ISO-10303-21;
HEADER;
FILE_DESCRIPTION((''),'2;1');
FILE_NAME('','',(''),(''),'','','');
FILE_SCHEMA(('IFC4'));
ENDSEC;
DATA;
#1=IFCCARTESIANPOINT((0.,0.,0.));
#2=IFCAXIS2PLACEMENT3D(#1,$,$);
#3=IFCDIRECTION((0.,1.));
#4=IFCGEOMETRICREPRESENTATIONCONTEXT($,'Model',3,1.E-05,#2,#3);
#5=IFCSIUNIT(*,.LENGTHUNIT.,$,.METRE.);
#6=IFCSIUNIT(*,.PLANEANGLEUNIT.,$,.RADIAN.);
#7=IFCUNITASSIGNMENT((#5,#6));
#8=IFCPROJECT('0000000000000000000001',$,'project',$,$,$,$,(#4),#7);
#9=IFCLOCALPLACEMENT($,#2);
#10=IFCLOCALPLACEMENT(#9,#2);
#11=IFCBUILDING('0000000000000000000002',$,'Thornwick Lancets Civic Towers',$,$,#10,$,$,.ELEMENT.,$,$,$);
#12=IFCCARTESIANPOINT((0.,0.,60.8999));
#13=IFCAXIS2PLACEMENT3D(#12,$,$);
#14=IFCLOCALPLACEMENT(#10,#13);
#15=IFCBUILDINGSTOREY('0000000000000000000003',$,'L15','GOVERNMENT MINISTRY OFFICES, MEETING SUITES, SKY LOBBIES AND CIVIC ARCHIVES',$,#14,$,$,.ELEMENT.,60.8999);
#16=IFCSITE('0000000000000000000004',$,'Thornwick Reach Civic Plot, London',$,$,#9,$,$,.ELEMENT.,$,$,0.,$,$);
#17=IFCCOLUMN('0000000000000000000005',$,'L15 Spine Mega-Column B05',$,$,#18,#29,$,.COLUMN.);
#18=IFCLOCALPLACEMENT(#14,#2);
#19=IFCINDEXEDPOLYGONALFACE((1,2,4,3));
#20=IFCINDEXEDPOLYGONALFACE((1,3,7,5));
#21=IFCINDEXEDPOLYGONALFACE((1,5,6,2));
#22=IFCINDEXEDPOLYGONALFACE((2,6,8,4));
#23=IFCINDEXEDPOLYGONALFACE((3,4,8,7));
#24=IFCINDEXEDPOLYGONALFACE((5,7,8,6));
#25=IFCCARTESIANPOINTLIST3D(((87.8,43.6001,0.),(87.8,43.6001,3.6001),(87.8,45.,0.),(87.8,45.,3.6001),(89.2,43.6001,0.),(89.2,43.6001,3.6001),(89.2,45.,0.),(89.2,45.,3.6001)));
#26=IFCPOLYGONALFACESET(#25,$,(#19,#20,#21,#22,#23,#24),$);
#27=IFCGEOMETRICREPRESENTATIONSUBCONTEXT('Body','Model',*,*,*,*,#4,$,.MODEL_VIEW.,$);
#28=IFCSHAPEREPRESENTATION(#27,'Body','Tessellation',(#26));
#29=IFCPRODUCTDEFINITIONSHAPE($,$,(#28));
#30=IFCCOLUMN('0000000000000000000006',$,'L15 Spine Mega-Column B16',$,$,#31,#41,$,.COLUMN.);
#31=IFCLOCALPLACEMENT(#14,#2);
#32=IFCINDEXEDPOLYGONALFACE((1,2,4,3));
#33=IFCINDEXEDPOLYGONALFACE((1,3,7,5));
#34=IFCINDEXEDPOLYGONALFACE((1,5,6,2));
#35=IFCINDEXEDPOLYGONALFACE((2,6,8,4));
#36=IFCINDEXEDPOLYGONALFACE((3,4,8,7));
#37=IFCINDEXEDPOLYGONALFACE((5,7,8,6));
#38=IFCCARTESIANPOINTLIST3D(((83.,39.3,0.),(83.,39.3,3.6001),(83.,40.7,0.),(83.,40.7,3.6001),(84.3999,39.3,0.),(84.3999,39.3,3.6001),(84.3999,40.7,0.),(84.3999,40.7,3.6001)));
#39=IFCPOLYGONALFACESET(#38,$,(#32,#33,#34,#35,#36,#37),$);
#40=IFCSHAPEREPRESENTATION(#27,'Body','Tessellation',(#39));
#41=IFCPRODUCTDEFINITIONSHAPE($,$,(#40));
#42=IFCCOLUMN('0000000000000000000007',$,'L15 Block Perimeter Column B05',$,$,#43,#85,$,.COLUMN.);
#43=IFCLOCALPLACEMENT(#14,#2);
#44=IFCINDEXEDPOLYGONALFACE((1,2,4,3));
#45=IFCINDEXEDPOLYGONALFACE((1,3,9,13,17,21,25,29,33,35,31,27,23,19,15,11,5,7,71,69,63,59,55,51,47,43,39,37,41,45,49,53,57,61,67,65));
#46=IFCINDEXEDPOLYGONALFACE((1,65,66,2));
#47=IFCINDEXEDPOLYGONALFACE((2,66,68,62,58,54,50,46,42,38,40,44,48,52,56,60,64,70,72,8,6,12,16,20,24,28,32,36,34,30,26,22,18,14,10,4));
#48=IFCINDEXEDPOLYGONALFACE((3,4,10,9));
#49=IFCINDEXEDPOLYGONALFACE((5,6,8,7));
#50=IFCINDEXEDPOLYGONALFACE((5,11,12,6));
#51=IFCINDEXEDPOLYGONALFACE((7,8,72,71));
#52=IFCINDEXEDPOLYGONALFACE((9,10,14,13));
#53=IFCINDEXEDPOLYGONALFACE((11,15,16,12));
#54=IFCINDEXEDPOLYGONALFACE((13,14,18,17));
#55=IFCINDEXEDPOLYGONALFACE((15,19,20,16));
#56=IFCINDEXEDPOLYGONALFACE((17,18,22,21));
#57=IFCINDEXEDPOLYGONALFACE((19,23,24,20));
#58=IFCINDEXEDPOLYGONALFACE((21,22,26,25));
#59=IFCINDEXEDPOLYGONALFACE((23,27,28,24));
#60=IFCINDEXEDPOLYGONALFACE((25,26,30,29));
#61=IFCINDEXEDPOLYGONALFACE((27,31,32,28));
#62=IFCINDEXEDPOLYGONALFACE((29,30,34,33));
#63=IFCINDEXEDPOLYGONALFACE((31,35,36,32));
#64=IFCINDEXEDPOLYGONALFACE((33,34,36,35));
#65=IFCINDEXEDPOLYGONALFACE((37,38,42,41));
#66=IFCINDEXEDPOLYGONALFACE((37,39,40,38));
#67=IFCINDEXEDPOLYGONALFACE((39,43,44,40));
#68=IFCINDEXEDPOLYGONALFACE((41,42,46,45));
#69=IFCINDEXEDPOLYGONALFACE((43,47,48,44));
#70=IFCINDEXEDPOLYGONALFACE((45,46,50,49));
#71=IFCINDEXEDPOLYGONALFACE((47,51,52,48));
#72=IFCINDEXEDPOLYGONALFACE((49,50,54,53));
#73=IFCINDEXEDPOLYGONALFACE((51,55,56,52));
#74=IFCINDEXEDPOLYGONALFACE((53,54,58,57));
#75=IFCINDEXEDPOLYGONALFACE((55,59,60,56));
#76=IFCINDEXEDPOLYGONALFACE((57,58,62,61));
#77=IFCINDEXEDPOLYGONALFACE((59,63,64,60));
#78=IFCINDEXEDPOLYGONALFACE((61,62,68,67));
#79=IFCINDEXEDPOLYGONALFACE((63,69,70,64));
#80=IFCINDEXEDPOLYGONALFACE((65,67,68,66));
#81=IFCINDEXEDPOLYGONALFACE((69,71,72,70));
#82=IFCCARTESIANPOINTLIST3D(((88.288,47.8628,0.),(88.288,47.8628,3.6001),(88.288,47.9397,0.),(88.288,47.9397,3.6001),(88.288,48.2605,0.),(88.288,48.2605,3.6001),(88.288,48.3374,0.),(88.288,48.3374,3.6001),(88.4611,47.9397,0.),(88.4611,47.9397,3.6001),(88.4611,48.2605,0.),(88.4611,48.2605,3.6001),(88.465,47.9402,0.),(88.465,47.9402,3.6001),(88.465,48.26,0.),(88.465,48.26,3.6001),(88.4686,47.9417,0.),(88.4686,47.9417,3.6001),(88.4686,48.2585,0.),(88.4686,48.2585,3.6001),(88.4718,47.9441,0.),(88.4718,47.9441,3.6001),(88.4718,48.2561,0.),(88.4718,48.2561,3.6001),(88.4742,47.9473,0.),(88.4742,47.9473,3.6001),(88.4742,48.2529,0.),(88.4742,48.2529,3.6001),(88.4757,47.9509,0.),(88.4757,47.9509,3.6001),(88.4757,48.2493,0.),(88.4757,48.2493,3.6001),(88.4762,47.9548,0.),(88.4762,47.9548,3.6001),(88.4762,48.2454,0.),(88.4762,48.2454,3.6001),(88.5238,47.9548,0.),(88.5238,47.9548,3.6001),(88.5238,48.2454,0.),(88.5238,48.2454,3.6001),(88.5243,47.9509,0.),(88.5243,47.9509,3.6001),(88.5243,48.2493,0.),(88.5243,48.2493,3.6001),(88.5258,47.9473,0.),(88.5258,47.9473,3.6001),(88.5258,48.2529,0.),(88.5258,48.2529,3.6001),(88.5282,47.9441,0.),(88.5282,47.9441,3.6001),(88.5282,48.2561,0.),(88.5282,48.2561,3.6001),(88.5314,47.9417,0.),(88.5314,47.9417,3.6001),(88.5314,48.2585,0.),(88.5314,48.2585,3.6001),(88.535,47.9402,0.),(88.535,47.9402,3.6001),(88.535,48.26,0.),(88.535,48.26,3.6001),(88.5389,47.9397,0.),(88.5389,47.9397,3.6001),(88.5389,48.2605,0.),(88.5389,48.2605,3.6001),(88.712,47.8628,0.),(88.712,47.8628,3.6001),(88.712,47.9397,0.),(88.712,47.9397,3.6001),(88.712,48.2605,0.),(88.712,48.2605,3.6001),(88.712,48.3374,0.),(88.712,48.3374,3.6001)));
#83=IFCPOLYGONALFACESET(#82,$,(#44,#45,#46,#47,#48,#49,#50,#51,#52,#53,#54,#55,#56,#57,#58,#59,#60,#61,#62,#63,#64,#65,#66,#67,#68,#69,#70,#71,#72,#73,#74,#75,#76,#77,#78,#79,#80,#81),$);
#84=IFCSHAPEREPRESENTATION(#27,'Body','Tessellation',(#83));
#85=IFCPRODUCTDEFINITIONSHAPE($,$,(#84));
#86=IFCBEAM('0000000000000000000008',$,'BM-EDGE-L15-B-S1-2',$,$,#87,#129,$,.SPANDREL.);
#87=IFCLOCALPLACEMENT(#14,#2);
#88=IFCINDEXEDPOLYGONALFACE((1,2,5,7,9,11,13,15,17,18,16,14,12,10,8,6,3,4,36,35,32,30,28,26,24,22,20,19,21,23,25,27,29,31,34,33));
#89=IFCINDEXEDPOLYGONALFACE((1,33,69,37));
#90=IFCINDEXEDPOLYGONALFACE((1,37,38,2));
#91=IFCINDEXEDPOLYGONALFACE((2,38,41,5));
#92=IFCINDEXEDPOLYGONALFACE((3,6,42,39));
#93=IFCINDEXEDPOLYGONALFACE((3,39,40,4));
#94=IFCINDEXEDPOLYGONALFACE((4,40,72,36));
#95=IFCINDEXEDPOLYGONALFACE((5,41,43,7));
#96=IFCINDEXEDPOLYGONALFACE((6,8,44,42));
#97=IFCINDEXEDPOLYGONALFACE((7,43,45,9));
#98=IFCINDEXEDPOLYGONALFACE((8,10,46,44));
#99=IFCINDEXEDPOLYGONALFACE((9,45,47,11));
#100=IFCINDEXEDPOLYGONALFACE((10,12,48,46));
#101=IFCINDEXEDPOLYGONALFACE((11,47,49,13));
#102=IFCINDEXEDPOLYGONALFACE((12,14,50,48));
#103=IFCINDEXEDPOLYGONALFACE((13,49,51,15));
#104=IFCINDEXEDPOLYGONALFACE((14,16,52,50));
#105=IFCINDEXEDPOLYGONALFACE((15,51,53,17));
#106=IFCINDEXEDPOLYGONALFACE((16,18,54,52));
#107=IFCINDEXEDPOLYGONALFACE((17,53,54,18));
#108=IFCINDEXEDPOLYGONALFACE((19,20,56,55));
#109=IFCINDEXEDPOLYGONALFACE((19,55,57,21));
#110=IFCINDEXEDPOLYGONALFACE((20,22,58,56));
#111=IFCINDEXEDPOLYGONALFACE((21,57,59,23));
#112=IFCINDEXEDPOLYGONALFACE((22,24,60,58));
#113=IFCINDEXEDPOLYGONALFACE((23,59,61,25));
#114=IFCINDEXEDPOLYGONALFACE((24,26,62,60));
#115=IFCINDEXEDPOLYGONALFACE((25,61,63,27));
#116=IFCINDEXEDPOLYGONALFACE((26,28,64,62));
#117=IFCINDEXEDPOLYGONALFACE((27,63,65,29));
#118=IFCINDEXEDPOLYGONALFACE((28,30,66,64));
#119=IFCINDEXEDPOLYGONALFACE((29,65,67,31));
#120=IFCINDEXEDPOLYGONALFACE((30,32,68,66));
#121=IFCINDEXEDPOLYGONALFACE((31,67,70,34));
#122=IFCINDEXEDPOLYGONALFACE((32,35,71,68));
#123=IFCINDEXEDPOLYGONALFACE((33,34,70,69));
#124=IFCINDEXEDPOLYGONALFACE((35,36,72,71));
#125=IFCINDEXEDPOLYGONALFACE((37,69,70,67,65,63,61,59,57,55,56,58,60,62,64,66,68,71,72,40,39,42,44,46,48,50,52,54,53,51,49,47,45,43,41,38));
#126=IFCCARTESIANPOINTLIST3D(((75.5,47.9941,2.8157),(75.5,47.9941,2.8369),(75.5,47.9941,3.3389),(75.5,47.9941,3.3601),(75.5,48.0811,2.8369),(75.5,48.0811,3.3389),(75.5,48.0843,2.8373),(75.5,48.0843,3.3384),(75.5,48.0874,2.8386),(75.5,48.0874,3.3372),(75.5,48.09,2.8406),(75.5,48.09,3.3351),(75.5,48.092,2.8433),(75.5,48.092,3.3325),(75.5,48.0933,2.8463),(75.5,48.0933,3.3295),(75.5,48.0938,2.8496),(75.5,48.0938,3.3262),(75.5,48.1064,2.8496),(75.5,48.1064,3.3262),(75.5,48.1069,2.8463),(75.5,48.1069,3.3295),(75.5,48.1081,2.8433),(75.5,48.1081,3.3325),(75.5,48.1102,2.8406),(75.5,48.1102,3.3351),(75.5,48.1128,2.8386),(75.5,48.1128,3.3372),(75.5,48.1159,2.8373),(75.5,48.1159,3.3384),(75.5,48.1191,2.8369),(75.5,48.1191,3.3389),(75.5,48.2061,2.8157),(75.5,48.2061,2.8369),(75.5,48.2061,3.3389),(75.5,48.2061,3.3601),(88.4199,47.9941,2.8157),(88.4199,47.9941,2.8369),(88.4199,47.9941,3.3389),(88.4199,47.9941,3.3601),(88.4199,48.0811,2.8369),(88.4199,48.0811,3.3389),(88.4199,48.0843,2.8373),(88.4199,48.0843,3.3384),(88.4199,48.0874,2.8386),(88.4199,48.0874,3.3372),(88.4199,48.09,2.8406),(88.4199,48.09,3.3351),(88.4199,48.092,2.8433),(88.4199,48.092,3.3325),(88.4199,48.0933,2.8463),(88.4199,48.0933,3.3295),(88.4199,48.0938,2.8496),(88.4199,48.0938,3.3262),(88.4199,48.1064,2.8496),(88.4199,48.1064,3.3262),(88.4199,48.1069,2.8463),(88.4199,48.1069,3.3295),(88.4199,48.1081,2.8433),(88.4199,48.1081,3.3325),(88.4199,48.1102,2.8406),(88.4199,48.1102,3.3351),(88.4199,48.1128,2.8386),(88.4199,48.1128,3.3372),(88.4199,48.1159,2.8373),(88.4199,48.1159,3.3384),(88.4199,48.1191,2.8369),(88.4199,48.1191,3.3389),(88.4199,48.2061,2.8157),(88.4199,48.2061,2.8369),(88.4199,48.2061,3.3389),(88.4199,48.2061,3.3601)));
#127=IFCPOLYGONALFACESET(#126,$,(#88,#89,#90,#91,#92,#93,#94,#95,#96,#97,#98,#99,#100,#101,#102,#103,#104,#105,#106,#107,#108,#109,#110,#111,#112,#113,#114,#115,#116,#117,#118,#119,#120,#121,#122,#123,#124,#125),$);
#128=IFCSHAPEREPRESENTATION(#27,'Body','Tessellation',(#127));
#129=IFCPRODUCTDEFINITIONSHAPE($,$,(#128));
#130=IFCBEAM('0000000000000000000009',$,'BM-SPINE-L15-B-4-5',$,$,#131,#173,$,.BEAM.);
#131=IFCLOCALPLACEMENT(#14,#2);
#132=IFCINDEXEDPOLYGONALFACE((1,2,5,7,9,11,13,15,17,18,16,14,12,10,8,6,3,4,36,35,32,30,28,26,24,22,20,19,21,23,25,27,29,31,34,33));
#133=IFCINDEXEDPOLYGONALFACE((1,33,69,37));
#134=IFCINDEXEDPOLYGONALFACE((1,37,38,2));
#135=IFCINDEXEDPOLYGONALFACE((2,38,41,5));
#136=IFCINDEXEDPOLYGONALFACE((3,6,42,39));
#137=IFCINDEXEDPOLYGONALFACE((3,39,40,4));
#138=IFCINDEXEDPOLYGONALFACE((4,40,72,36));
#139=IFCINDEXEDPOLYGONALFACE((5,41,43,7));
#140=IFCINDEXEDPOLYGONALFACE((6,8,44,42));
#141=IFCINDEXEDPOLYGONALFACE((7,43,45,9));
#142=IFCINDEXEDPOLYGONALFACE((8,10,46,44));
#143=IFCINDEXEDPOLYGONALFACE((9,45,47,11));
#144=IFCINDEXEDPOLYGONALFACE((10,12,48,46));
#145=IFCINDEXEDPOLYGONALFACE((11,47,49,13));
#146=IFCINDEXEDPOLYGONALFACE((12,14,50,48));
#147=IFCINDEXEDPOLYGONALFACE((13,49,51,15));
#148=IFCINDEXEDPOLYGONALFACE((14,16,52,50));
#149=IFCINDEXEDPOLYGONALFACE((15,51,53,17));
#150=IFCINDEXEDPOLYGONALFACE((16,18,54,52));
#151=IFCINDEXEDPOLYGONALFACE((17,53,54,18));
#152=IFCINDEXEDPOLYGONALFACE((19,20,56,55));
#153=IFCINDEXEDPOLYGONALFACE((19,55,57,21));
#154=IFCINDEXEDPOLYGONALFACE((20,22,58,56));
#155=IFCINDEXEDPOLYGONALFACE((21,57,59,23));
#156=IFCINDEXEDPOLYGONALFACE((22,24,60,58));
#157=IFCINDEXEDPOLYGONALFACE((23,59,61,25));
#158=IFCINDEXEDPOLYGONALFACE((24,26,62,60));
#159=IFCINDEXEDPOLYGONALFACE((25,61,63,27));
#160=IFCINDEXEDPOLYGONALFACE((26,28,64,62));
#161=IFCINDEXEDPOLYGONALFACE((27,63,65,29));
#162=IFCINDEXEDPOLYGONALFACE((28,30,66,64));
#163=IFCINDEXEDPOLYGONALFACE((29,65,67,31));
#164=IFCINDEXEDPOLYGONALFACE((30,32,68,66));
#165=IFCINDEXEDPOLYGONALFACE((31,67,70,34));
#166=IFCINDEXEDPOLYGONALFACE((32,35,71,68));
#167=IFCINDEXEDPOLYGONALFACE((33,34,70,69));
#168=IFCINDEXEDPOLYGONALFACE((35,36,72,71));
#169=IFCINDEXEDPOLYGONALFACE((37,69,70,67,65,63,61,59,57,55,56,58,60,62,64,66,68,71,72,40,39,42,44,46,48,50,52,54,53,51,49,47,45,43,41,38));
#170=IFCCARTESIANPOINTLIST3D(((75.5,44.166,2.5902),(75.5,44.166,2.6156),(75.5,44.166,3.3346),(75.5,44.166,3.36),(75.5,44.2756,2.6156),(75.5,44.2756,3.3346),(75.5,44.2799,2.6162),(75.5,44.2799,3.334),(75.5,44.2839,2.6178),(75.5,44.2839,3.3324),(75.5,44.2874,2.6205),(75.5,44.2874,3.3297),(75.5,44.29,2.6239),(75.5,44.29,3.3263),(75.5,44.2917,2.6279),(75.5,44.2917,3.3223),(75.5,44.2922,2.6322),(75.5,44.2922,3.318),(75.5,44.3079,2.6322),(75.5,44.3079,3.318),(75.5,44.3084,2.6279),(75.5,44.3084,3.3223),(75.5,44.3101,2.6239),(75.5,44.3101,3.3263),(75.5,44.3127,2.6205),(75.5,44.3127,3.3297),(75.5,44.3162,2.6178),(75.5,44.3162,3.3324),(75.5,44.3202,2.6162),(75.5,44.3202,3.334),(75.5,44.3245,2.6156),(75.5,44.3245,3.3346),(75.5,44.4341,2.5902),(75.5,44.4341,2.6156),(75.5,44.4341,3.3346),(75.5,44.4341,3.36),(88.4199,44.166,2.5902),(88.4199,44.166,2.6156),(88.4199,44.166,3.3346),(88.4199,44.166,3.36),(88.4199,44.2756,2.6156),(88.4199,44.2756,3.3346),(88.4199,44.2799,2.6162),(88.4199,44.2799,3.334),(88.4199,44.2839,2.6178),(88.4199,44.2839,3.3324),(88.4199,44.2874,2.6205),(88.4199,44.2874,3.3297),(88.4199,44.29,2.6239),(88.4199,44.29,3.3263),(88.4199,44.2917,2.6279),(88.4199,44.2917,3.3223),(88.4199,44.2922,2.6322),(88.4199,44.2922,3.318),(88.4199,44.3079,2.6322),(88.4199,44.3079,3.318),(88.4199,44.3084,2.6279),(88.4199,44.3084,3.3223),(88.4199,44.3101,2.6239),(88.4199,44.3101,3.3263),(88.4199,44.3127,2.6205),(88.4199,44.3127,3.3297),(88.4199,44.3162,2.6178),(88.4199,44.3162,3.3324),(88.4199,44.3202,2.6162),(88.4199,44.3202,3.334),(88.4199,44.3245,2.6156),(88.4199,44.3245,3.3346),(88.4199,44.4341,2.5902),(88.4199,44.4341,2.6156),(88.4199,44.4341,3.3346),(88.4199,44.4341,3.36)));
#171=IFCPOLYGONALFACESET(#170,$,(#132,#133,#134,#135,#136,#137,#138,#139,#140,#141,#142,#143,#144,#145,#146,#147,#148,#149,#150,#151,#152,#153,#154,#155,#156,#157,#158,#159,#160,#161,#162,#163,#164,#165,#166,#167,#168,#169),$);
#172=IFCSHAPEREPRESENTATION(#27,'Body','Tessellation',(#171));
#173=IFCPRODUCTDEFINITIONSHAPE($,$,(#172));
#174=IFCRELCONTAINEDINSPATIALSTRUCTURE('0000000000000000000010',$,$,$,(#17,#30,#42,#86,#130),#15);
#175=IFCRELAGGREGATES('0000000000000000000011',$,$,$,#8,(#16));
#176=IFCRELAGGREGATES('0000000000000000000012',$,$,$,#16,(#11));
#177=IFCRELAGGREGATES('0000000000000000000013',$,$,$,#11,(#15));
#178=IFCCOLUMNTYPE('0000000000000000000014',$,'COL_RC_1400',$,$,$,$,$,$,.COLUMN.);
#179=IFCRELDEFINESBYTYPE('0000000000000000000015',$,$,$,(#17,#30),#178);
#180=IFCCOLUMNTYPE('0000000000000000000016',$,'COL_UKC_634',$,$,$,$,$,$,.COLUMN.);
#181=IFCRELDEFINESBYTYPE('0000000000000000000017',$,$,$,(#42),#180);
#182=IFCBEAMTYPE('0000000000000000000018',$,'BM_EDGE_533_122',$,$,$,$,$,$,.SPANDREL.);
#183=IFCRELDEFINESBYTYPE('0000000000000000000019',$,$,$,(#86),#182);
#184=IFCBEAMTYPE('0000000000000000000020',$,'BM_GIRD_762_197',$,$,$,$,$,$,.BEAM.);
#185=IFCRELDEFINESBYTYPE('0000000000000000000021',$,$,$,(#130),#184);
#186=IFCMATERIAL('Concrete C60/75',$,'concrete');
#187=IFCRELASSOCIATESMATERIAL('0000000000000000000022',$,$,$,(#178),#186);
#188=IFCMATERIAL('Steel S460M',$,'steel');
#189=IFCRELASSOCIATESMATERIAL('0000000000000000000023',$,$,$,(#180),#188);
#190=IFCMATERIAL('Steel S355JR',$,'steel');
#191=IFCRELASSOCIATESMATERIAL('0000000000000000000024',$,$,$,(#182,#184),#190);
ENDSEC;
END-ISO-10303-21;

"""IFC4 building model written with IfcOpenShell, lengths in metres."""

from ifc_helpers import new_model, si_unit, direction, frame, origin, origin_2d, place, context, subcontext, project, spatial, rectangle, i_section, extrude, material, material_profile, profile_set, type_object, element, save


model = new_model("IFC4")

# Units and contexts
model_context = context("Model", 3, precision=1e-05, world=origin(), true_north=direction((0.0, 1.0)))
body_context = subcontext(model_context, "Body", "Model", "MODEL_VIEW")
ifc_project = project(units=[si_unit("LENGTHUNIT", "METRE"), si_unit("PLANEANGLEUNIT", "RADIAN")], contexts=[model_context])

# Site, building, storey
site_placement = place(None, origin())
site = spatial("IfcSite", under=ifc_project, at=site_placement, Name="Thornwick Reach Civic Plot, London", CompositionType="ELEMENT", RefElevation=0.0)
building_placement = place(site_placement, origin())
building = spatial("IfcBuilding", under=site, at=building_placement, Name="Thornwick Lancets Civic Towers", CompositionType="ELEMENT")
storey_placement = place(building_placement, frame((0.0, 0.0, 60.8999)))
storey = spatial("IfcBuildingStorey", under=building, at=storey_placement, Name="L15", Description="GOVERNMENT MINISTRY OFFICES, MEETING SUITES, SKY LOBBIES AND CIVIC ARCHIVES", CompositionType="ELEMENT", Elevation=60.8999)

# Columns
ifc_material_1 = material(Name="Concrete C60/75", Category="concrete")
ifc_material_profile_1 = material_profile(ifc_material_1, rectangle(XDim=1.3999, YDim=1.3999, at=origin_2d()), Name="RC 1400x1400")
ifc_profile_set_1 = profile_set([ifc_material_profile_1], Name="Concrete C60/75")
column_type_1 = type_object("IfcColumnType", Name="COL_RC_1400", PredefinedType="COLUMN", material=ifc_profile_set_1)
for number, where, z_axis, x_axis, name in (
    (1, (88.5, 44.3, 0.0), (0.0, 0.0, 1.0), (1.0, 0.0, 0.0), "L15 Spine Mega-Column B05"),
    (2, (83.7, 40.0, 0.0), (0.0, 0.0, 1.0), (1.0, 0.0, 0.0), "L15 Spine Mega-Column B16"),
):
    element("IfcColumn", number, at=place(storey_placement, frame(where, z_axis=z_axis, x_axis=x_axis)), inside=storey, type_object=column_type_1, Name=name, PredefinedType="COLUMN", context=body_context, shape_type="SweptSolid", body=[
        extrude(rectangle(XDim=1.3999, YDim=1.3999, at=origin_2d()), origin(), (0.0, 0.0, 1.0), 3.6001),
    ])
ifc_material_2 = material(Name="Steel S460M", Category="steel")
ifc_material_profile_2 = material_profile(ifc_material_2, i_section(OverallWidth=0.4241, OverallDepth=0.4746, WebThickness=0.0476, FlangeThickness=0.0769, FilletRadius=0.0151, at=origin_2d()), Name="UKC 356x406x634")
ifc_profile_set_2 = profile_set([ifc_material_profile_2], Name="Steel S460M")
column_type_2 = type_object("IfcColumnType", Name="COL_UKC_634", PredefinedType="COLUMN", material=ifc_profile_set_2)
column_placement = place(storey_placement, frame((88.5, 48.1001, 0.0), z_axis=(0.0, 0.0, 1.0), x_axis=(1.0, 0.0, 0.0)))
element("IfcColumn", 3, at=column_placement, inside=storey, type_object=column_type_2, Name="L15 Block Perimeter Column B05", PredefinedType="COLUMN", context=body_context, shape_type="SweptSolid", body=[
    extrude(i_section(OverallWidth=0.4241, OverallDepth=0.4746, WebThickness=0.0476, FlangeThickness=0.0769, FilletRadius=0.0151, at=origin_2d()), origin(), (0.0, 0.0, 1.0), 3.6001),
])

# Beams
ifc_material_3 = material(Name="Steel S355JR", Category="steel")
ifc_material_profile_3 = material_profile(ifc_material_3, i_section(OverallWidth=0.2119, OverallDepth=0.5444, WebThickness=0.0127, FlangeThickness=0.0212, FilletRadius=0.0127, at=origin_2d()), Name="UKB 533x210x122")
ifc_profile_set_3 = profile_set([ifc_material_profile_3], Name="Steel S355JR")
beam_type_1 = type_object("IfcBeamType", Name="BM_EDGE_533_122", PredefinedType="SPANDREL", material=ifc_profile_set_3)
beam_1_placement = place(storey_placement, frame((88.4199, 48.1001, 3.0879), z_axis=(-1.0, 0.0, 0.0), x_axis=(0.0, -1.0, 0.0)))
element("IfcBeam", 4, at=beam_1_placement, inside=storey, type_object=beam_type_1, Name="BM-EDGE-L15-B-S1-2", PredefinedType="SPANDREL", context=body_context, shape_type="SweptSolid", body=[
    extrude(i_section(OverallWidth=0.2119, OverallDepth=0.5444, WebThickness=0.0127, FlangeThickness=0.0212, FilletRadius=0.0127, at=origin_2d()), origin(), (0.0, 0.0, 1.0), 12.9199),
])
ifc_material_profile_4 = material_profile(ifc_material_3, i_section(OverallWidth=0.2681, OverallDepth=0.7698, WebThickness=0.0156, FlangeThickness=0.0254, FilletRadius=0.0166, at=origin_2d()), Name="UKB 762x267x197")
ifc_profile_set_4 = profile_set([ifc_material_profile_4], Name="Steel S355JR")
beam_type_2 = type_object("IfcBeamType", Name="BM_GIRD_762_197", PredefinedType="BEAM", material=ifc_profile_set_4)
beam_2_placement = place(storey_placement, frame((88.4199, 44.3, 2.9751), z_axis=(-1.0, 0.0, 0.0), x_axis=(0.0, -1.0, 0.0)))
element("IfcBeam", 5, at=beam_2_placement, inside=storey, type_object=beam_type_2, Name="BM-SPINE-L15-B-4-5", PredefinedType="BEAM", context=body_context, shape_type="SweptSolid", body=[
    extrude(i_section(OverallWidth=0.2681, OverallDepth=0.7698, WebThickness=0.0156, FlangeThickness=0.0254, FilletRadius=0.0166, at=origin_2d()), origin(), (0.0, 0.0, 1.0), 12.9199),
])

save(model, "model.ifc")
